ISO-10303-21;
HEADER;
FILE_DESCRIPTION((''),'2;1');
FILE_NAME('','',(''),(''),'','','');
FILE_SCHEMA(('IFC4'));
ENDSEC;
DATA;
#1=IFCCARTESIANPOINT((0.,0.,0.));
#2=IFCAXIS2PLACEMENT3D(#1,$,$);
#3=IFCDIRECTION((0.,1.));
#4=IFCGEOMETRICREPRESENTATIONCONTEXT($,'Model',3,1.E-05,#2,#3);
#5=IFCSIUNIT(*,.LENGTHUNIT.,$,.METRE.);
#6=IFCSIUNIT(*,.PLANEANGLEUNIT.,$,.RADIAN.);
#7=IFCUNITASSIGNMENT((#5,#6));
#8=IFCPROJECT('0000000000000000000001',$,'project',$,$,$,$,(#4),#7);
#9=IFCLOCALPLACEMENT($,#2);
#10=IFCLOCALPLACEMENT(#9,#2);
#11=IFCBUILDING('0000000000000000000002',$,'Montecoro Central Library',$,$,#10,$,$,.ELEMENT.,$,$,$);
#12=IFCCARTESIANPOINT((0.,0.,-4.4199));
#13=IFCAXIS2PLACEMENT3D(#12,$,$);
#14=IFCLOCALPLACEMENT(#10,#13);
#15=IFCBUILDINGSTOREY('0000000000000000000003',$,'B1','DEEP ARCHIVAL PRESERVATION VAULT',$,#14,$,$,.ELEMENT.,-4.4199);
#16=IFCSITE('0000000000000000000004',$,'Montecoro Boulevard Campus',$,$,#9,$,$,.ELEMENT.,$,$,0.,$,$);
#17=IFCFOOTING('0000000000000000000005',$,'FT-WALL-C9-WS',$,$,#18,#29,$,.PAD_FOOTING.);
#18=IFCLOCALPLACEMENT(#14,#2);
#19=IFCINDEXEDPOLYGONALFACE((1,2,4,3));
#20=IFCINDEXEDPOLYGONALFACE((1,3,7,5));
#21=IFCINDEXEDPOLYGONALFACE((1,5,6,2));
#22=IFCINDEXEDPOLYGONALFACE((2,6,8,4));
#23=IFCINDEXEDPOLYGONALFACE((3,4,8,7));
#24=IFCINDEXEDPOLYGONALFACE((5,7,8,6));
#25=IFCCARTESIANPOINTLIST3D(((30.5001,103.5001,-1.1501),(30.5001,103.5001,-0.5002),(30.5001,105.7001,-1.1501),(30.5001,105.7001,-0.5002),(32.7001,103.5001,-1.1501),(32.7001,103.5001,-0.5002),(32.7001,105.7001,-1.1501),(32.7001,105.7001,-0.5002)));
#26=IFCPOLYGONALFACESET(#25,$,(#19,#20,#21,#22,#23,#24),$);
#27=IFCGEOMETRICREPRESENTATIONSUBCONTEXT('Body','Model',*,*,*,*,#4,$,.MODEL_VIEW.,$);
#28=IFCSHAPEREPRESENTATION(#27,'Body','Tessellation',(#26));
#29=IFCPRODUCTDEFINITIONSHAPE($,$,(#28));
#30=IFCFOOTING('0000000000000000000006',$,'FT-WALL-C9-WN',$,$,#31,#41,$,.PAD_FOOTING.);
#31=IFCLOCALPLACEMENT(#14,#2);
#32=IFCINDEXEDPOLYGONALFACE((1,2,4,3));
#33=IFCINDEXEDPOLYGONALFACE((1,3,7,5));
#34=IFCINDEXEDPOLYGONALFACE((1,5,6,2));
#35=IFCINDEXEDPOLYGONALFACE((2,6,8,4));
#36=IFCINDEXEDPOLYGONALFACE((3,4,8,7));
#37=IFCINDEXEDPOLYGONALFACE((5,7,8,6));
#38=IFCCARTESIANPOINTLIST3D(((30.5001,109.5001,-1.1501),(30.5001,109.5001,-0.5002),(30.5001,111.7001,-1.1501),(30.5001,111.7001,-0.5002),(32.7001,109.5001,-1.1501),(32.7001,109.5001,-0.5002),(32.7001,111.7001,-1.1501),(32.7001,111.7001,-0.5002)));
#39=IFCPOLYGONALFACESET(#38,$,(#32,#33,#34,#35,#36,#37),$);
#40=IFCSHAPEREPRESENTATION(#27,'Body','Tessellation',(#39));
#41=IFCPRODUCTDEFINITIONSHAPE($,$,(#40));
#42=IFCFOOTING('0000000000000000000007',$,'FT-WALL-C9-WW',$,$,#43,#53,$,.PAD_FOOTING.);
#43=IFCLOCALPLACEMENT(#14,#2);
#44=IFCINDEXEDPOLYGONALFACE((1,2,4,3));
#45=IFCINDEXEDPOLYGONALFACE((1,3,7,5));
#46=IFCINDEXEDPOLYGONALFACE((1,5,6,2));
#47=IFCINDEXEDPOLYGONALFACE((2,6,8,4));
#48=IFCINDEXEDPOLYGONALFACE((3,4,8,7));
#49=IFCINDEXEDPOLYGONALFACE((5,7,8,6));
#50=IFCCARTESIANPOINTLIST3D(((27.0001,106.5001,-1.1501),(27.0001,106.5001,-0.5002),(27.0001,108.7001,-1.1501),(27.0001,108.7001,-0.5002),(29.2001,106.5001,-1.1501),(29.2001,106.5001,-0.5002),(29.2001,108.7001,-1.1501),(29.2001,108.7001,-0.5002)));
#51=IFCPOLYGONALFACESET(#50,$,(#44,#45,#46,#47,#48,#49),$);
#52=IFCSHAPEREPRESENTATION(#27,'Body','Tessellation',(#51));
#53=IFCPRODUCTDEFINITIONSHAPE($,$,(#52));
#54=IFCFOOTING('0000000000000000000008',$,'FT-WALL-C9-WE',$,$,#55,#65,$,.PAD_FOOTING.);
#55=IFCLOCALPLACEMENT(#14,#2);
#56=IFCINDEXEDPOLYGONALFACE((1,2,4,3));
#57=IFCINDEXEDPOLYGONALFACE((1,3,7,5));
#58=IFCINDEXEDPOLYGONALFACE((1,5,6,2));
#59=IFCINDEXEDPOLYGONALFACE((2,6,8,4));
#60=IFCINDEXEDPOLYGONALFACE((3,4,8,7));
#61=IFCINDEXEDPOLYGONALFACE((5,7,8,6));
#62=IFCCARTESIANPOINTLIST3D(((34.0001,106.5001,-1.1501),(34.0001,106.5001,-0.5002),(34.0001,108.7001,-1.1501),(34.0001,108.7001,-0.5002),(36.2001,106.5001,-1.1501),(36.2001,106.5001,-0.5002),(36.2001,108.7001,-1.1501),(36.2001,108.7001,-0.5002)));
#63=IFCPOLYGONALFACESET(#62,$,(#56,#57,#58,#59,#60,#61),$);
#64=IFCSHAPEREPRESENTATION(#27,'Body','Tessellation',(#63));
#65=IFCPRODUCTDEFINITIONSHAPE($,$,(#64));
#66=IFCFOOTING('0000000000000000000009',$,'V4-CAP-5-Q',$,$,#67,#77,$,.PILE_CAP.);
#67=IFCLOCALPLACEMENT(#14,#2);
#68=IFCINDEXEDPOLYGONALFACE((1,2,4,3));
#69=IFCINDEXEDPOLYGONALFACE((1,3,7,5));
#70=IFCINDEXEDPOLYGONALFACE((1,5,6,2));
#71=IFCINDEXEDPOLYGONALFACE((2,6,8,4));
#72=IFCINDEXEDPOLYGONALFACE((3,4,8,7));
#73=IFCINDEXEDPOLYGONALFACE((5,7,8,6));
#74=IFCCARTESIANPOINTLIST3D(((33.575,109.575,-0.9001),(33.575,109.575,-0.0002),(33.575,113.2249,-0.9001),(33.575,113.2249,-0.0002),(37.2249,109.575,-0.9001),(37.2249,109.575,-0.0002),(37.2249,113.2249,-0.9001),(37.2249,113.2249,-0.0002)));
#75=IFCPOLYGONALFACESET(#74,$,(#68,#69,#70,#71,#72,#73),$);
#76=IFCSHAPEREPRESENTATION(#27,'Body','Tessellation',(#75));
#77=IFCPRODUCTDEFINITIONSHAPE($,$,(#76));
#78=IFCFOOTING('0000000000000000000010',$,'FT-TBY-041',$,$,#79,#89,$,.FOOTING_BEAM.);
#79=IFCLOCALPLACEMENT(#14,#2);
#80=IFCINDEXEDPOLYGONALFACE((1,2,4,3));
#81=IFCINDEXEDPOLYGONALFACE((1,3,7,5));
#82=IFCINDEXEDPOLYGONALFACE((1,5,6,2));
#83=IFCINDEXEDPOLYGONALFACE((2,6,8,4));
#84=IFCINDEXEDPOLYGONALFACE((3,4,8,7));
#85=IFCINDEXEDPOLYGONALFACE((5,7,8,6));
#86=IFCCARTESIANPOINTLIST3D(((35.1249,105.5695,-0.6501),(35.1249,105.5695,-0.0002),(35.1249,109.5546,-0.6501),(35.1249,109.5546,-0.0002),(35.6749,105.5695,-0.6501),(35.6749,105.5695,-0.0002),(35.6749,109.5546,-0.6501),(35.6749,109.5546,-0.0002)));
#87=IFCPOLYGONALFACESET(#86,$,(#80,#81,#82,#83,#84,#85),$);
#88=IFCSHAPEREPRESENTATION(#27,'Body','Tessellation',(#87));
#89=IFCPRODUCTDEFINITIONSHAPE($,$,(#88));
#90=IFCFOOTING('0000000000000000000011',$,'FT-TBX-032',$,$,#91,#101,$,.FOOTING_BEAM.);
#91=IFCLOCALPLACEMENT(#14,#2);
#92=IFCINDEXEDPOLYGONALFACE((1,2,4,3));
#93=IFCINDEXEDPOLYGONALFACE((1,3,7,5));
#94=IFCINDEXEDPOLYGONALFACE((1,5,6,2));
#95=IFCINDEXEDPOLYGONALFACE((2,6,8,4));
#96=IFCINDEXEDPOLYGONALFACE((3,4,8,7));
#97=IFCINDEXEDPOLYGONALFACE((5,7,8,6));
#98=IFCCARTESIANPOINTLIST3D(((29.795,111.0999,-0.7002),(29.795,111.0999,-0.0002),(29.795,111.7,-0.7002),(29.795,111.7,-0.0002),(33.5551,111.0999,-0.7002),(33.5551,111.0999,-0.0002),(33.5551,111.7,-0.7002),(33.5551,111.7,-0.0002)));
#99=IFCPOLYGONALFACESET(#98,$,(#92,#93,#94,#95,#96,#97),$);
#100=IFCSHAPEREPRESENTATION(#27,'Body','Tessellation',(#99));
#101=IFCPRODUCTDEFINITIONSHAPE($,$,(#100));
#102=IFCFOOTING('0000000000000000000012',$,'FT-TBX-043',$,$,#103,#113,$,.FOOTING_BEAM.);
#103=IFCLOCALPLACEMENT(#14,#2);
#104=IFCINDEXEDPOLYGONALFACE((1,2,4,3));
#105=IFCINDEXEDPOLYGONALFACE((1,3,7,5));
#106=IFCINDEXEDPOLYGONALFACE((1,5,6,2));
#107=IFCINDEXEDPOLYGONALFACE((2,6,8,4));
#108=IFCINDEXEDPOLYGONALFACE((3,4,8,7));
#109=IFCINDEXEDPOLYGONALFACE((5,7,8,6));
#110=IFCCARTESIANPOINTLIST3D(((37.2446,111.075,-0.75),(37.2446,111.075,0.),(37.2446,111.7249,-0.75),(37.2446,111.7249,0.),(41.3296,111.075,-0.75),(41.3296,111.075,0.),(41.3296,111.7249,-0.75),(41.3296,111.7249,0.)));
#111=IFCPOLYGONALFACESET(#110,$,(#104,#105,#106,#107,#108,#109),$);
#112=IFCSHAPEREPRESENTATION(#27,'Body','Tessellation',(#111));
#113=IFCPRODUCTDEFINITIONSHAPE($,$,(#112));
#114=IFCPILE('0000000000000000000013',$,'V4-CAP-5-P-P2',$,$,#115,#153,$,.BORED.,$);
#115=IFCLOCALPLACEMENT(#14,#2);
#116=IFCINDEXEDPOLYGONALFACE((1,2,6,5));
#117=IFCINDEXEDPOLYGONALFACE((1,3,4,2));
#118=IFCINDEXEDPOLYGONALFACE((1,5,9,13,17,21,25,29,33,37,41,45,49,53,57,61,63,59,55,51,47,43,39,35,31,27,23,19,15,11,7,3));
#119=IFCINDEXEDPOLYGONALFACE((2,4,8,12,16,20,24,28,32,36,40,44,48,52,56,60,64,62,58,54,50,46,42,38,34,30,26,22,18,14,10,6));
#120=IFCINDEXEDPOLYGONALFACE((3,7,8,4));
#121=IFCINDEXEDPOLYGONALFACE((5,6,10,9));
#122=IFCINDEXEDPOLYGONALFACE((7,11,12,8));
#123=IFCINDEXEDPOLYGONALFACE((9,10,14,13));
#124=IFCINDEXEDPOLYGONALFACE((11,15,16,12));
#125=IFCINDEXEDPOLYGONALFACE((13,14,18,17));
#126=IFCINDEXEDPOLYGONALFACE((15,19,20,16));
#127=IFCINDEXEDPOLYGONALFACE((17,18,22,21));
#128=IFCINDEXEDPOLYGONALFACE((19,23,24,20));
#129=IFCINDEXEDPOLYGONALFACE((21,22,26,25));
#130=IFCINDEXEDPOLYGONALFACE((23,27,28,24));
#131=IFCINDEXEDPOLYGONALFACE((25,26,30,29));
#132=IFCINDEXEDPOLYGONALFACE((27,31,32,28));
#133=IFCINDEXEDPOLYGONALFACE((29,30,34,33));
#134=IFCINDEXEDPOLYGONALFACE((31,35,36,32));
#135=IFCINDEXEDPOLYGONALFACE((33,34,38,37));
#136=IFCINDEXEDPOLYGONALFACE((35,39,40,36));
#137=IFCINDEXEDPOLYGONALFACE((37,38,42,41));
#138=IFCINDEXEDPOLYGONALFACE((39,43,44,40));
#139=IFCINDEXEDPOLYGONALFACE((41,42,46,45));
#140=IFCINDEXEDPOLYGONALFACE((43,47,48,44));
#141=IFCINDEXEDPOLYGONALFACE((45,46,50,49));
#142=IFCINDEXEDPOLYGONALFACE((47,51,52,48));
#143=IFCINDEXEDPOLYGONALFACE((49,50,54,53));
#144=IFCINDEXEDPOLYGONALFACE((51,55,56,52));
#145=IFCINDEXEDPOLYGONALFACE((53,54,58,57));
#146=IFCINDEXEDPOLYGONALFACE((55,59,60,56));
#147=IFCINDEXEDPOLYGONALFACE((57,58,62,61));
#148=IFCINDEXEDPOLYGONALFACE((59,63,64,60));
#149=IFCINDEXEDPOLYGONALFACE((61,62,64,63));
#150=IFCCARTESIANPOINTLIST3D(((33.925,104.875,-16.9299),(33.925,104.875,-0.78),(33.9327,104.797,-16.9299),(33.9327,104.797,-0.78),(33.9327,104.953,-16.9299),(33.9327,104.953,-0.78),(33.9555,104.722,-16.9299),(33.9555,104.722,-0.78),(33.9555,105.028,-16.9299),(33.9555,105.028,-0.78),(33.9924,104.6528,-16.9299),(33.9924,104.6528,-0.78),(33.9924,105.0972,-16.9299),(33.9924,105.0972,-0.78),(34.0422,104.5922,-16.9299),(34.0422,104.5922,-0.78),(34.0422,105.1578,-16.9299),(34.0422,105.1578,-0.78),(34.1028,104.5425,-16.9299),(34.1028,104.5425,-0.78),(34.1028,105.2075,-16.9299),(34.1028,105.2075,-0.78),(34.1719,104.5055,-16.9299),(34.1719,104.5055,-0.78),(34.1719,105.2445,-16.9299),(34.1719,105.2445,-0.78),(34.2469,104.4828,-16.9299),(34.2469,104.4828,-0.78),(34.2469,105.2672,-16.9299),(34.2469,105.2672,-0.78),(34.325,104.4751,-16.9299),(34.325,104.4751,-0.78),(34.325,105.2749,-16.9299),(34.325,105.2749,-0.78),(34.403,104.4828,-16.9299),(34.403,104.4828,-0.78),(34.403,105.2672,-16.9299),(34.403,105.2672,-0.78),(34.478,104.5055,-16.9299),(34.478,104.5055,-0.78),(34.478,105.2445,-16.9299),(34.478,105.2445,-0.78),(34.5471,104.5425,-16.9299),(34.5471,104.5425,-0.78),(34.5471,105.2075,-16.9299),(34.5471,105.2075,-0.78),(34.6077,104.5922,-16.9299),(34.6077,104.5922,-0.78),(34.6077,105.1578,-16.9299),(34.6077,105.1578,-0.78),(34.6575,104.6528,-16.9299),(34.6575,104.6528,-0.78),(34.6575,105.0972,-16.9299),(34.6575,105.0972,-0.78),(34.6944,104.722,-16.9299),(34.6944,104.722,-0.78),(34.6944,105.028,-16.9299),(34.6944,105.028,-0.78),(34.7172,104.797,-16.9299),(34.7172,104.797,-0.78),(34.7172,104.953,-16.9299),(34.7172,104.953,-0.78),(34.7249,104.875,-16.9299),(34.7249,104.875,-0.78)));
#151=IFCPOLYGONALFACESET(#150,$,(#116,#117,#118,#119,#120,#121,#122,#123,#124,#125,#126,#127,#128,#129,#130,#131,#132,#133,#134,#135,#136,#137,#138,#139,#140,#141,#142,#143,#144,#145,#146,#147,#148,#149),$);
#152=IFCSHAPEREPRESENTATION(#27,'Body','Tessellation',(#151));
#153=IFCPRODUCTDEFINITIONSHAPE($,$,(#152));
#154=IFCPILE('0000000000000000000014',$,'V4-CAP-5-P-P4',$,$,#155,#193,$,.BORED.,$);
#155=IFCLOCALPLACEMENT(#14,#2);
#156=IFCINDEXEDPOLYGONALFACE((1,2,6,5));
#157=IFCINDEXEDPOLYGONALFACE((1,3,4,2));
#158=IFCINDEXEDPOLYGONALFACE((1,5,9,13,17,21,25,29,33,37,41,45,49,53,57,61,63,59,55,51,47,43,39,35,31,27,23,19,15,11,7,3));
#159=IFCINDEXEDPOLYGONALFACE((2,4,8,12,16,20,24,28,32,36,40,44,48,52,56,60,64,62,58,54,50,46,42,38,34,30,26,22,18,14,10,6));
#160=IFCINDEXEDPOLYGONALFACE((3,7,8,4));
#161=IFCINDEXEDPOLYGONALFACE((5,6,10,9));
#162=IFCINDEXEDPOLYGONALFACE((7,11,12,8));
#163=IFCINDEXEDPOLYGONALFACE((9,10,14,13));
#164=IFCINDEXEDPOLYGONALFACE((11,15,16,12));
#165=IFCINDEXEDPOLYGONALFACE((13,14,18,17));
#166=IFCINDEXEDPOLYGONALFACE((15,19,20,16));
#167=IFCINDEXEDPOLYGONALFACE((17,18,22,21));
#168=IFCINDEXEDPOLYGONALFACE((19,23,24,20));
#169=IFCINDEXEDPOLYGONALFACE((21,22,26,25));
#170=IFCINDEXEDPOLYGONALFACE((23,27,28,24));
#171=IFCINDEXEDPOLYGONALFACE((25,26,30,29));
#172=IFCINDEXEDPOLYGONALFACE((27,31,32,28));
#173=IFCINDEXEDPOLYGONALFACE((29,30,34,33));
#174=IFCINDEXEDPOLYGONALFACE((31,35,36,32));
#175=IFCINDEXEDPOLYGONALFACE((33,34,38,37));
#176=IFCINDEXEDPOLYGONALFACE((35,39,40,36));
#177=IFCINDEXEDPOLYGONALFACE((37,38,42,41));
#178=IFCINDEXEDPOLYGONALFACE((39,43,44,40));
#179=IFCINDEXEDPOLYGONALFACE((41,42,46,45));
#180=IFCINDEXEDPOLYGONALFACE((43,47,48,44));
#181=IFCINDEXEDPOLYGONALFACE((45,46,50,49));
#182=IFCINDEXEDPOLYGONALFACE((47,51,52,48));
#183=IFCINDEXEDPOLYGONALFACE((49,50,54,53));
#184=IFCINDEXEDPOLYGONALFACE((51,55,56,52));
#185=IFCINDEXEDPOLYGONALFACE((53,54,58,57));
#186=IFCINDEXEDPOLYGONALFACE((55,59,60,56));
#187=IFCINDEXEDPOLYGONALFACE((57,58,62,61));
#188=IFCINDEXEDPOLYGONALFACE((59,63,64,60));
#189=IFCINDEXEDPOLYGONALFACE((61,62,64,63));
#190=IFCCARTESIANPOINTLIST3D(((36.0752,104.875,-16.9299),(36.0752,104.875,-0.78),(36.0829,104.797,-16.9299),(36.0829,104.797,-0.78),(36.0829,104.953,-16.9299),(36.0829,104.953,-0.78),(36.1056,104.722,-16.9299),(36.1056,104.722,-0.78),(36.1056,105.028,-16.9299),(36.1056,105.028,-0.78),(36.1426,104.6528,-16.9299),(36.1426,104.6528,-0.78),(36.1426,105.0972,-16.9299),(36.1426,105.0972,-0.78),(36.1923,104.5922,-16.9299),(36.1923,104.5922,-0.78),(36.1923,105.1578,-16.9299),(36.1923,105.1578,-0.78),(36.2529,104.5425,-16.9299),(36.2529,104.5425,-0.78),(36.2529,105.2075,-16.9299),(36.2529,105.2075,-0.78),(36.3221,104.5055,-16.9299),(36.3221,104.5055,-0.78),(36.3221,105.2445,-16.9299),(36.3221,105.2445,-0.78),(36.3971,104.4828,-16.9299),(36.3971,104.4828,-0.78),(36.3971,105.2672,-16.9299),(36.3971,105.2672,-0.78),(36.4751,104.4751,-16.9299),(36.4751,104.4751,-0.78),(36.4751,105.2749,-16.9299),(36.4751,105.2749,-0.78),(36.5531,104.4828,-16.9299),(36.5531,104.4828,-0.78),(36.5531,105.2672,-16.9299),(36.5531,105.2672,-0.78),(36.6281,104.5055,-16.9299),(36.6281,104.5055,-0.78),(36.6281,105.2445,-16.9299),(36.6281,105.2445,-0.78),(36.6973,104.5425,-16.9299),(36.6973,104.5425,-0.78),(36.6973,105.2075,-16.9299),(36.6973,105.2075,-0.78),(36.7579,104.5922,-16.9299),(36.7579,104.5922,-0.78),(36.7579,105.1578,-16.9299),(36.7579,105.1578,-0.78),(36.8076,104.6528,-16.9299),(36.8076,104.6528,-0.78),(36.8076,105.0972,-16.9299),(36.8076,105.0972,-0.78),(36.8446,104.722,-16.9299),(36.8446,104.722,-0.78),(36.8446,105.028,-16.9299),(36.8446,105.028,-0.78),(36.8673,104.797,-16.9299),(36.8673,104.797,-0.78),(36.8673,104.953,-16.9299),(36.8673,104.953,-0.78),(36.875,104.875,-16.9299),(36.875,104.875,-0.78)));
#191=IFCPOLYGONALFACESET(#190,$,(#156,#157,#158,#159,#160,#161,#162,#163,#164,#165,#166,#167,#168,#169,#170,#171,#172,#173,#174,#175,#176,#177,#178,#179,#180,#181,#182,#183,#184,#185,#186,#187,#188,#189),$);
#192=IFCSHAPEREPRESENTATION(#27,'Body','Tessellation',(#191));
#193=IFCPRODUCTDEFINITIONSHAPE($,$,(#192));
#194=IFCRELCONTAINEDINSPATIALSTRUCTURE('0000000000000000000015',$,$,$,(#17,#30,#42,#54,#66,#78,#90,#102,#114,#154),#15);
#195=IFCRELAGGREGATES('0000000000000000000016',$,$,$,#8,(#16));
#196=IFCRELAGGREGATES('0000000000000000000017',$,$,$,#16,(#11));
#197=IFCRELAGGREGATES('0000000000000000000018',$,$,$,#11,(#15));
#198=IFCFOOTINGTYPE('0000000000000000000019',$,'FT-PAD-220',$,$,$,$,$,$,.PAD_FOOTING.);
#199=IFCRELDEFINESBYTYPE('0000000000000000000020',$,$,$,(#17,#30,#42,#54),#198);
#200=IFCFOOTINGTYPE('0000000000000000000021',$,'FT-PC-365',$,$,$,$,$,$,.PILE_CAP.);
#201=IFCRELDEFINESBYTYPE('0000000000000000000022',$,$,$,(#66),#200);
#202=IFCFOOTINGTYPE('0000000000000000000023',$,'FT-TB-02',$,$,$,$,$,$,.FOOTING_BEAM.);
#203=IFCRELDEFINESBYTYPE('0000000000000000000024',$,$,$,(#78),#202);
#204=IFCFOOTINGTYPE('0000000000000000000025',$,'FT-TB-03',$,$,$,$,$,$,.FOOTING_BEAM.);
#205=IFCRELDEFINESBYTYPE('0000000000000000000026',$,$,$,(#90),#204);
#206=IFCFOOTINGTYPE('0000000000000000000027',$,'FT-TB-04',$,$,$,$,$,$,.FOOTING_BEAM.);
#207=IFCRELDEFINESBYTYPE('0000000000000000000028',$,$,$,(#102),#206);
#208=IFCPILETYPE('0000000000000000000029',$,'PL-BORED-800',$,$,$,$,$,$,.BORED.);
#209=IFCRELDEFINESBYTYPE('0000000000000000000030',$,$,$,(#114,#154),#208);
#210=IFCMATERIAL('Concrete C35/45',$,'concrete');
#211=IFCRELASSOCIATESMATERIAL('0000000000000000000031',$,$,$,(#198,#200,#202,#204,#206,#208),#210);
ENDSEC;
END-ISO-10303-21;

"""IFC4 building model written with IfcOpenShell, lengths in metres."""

from ifc_helpers import new_model, si_unit, direction, frame, origin, origin_2d, place, context, subcontext, project, spatial, rectangle, circle, extrude, material, material_profile, profile_set, type_object, element, save


model = new_model("IFC4")

# Units and contexts
model_context = context("Model", 3, precision=1e-05, world=origin(), true_north=direction((0.0, 1.0)))
body_context = subcontext(model_context, "Body", "Model", "MODEL_VIEW")
ifc_project = project(units=[si_unit("LENGTHUNIT", "METRE"), si_unit("PLANEANGLEUNIT", "RADIAN")], contexts=[model_context])

# Site, building, storey
site_placement = place(None, origin())
site = spatial("IfcSite", under=ifc_project, at=site_placement, Name="Montecoro Boulevard Campus", CompositionType="ELEMENT", RefElevation=0.0)
building_placement = place(site_placement, origin())
building = spatial("IfcBuilding", under=site, at=building_placement, Name="Montecoro Central Library", CompositionType="ELEMENT")
storey_placement = place(building_placement, frame((0.0, 0.0, -4.4199)))
storey = spatial("IfcBuildingStorey", under=building, at=storey_placement, Name="B1", Description="DEEP ARCHIVAL PRESERVATION VAULT", CompositionType="ELEMENT", Elevation=-4.4199)

# Footings
ifc_material_1 = material(Name="Concrete C35/45", Category="concrete")
footing_type_1 = type_object("IfcFootingType", Name="FT-PAD-220", PredefinedType="PAD_FOOTING", material=ifc_material_1)
for number, where, z_axis, x_axis, name in (
    (1, (31.6001, 104.6001, -1.1501), (0.0, 0.0, 1.0), (1.0, 0.0, 0.0), "FT-WALL-C9-WS"),
    (2, (31.6001, 110.6001, -1.1501), (0.0, 0.0, 1.0), (1.0, 0.0, 0.0), "FT-WALL-C9-WN"),
    (3, (28.1001, 107.6001, -1.1501), (0.0, 0.0, 1.0), (1.0, 0.0, 0.0), "FT-WALL-C9-WW"),
    (4, (35.1001, 107.6001, -1.1501), (0.0, 0.0, 1.0), (1.0, 0.0, 0.0), "FT-WALL-C9-WE"),
):
    element("IfcFooting", number, at=place(storey_placement, frame(where, z_axis=z_axis, x_axis=x_axis)), inside=storey, type_object=footing_type_1, Name=name, PredefinedType="PAD_FOOTING", context=body_context, shape_type="SweptSolid", body=[
        extrude(rectangle(XDim=2.2, YDim=2.2, at=origin_2d()), origin(), (0.0, 0.0, 1.0), 0.6499),
    ])
footing_type_2 = type_object("IfcFootingType", Name="FT-PC-365", PredefinedType="PILE_CAP", material=ifc_material_1)
footing_1_placement = place(storey_placement, frame((35.3999, 111.3999, -0.9001), z_axis=(0.0, 0.0, 1.0), x_axis=(1.0, 0.0, 0.0)))
element("IfcFooting", 5, at=footing_1_placement, inside=storey, type_object=footing_type_2, Name="V4-CAP-5-Q", PredefinedType="PILE_CAP", context=body_context, shape_type="SweptSolid", body=[
    extrude(rectangle(XDim=3.6499, YDim=3.6499, at=origin_2d()), origin(), (0.0, 0.0, 1.0), 0.8999),
])
footing_type_3 = type_object("IfcFootingType", Name="FT-TB-02", PredefinedType="FOOTING_BEAM", material=ifc_material_1)
footing_2_placement = place(storey_placement, frame((35.3999, 107.562, -0.6501), z_axis=(0.0, 0.0, 1.0), x_axis=(1.0, 0.0, 0.0)))
element("IfcFooting", 6, at=footing_2_placement, inside=storey, type_object=footing_type_3, Name="FT-TBY-041", PredefinedType="FOOTING_BEAM", context=body_context, shape_type="SweptSolid", body=[
    extrude(rectangle(XDim=0.55, YDim=3.9851, at=origin_2d()), origin(), (0.0, 0.0, 1.0), 0.6499),
])
footing_type_4 = type_object("IfcFootingType", Name="FT-TB-03", PredefinedType="FOOTING_BEAM", material=ifc_material_1)
footing_3_placement = place(storey_placement, frame((31.675, 111.3999, -0.7002), z_axis=(0.0, 0.0, 1.0), x_axis=(1.0, 0.0, 0.0)))
element("IfcFooting", 7, at=footing_3_placement, inside=storey, type_object=footing_type_4, Name="FT-TBX-032", PredefinedType="FOOTING_BEAM", context=body_context, shape_type="SweptSolid", body=[
    extrude(rectangle(XDim=3.76, YDim=0.6001, at=origin_2d()), origin(), (0.0, 0.0, 1.0), 0.7),
])
footing_type_5 = type_object("IfcFootingType", Name="FT-TB-04", PredefinedType="FOOTING_BEAM", material=ifc_material_1)
footing_4_placement = place(storey_placement, frame((39.2871, 111.3999, -0.75), z_axis=(0.0, 0.0, 1.0), x_axis=(1.0, 0.0, 0.0)))
element("IfcFooting", 8, at=footing_4_placement, inside=storey, type_object=footing_type_5, Name="FT-TBX-043", PredefinedType="FOOTING_BEAM", context=body_context, shape_type="SweptSolid", body=[
    extrude(rectangle(XDim=4.085, YDim=0.6499, at=origin_2d()), origin(), (0.0, 0.0, 1.0), 0.75),
])

# Piles
ifc_material_profile_1 = material_profile(ifc_material_1, circle(Radius=0.3999, at=origin_2d()), Name="PILE D800")
ifc_profile_set_1 = profile_set([ifc_material_profile_1], Name="Concrete C35/45")
pile_type_1 = type_object("IfcPileType", Name="PL-BORED-800", PredefinedType="BORED", material=ifc_profile_set_1)
for number, where, z_axis, x_axis, name in (
    (9, (34.325, 104.875, -0.78), (0.0, 0.0, -1.0), (1.0, 0.0, 0.0), "V4-CAP-5-P-P2"),
    (10, (36.4751, 104.875, -0.78), (0.0, 0.0, -1.0), (1.0, 0.0, 0.0), "V4-CAP-5-P-P4"),
):
    element("IfcPile", number, at=place(storey_placement, frame(where, z_axis=z_axis, x_axis=x_axis)), inside=storey, type_object=pile_type_1, Name=name, PredefinedType="BORED", context=body_context, shape_type="SweptSolid", body=[
        extrude(circle(Radius=0.3999, at=origin_2d()), origin(), (0.0, 0.0, 1.0), 16.1499),
    ])

save(model, "model.ifc")
